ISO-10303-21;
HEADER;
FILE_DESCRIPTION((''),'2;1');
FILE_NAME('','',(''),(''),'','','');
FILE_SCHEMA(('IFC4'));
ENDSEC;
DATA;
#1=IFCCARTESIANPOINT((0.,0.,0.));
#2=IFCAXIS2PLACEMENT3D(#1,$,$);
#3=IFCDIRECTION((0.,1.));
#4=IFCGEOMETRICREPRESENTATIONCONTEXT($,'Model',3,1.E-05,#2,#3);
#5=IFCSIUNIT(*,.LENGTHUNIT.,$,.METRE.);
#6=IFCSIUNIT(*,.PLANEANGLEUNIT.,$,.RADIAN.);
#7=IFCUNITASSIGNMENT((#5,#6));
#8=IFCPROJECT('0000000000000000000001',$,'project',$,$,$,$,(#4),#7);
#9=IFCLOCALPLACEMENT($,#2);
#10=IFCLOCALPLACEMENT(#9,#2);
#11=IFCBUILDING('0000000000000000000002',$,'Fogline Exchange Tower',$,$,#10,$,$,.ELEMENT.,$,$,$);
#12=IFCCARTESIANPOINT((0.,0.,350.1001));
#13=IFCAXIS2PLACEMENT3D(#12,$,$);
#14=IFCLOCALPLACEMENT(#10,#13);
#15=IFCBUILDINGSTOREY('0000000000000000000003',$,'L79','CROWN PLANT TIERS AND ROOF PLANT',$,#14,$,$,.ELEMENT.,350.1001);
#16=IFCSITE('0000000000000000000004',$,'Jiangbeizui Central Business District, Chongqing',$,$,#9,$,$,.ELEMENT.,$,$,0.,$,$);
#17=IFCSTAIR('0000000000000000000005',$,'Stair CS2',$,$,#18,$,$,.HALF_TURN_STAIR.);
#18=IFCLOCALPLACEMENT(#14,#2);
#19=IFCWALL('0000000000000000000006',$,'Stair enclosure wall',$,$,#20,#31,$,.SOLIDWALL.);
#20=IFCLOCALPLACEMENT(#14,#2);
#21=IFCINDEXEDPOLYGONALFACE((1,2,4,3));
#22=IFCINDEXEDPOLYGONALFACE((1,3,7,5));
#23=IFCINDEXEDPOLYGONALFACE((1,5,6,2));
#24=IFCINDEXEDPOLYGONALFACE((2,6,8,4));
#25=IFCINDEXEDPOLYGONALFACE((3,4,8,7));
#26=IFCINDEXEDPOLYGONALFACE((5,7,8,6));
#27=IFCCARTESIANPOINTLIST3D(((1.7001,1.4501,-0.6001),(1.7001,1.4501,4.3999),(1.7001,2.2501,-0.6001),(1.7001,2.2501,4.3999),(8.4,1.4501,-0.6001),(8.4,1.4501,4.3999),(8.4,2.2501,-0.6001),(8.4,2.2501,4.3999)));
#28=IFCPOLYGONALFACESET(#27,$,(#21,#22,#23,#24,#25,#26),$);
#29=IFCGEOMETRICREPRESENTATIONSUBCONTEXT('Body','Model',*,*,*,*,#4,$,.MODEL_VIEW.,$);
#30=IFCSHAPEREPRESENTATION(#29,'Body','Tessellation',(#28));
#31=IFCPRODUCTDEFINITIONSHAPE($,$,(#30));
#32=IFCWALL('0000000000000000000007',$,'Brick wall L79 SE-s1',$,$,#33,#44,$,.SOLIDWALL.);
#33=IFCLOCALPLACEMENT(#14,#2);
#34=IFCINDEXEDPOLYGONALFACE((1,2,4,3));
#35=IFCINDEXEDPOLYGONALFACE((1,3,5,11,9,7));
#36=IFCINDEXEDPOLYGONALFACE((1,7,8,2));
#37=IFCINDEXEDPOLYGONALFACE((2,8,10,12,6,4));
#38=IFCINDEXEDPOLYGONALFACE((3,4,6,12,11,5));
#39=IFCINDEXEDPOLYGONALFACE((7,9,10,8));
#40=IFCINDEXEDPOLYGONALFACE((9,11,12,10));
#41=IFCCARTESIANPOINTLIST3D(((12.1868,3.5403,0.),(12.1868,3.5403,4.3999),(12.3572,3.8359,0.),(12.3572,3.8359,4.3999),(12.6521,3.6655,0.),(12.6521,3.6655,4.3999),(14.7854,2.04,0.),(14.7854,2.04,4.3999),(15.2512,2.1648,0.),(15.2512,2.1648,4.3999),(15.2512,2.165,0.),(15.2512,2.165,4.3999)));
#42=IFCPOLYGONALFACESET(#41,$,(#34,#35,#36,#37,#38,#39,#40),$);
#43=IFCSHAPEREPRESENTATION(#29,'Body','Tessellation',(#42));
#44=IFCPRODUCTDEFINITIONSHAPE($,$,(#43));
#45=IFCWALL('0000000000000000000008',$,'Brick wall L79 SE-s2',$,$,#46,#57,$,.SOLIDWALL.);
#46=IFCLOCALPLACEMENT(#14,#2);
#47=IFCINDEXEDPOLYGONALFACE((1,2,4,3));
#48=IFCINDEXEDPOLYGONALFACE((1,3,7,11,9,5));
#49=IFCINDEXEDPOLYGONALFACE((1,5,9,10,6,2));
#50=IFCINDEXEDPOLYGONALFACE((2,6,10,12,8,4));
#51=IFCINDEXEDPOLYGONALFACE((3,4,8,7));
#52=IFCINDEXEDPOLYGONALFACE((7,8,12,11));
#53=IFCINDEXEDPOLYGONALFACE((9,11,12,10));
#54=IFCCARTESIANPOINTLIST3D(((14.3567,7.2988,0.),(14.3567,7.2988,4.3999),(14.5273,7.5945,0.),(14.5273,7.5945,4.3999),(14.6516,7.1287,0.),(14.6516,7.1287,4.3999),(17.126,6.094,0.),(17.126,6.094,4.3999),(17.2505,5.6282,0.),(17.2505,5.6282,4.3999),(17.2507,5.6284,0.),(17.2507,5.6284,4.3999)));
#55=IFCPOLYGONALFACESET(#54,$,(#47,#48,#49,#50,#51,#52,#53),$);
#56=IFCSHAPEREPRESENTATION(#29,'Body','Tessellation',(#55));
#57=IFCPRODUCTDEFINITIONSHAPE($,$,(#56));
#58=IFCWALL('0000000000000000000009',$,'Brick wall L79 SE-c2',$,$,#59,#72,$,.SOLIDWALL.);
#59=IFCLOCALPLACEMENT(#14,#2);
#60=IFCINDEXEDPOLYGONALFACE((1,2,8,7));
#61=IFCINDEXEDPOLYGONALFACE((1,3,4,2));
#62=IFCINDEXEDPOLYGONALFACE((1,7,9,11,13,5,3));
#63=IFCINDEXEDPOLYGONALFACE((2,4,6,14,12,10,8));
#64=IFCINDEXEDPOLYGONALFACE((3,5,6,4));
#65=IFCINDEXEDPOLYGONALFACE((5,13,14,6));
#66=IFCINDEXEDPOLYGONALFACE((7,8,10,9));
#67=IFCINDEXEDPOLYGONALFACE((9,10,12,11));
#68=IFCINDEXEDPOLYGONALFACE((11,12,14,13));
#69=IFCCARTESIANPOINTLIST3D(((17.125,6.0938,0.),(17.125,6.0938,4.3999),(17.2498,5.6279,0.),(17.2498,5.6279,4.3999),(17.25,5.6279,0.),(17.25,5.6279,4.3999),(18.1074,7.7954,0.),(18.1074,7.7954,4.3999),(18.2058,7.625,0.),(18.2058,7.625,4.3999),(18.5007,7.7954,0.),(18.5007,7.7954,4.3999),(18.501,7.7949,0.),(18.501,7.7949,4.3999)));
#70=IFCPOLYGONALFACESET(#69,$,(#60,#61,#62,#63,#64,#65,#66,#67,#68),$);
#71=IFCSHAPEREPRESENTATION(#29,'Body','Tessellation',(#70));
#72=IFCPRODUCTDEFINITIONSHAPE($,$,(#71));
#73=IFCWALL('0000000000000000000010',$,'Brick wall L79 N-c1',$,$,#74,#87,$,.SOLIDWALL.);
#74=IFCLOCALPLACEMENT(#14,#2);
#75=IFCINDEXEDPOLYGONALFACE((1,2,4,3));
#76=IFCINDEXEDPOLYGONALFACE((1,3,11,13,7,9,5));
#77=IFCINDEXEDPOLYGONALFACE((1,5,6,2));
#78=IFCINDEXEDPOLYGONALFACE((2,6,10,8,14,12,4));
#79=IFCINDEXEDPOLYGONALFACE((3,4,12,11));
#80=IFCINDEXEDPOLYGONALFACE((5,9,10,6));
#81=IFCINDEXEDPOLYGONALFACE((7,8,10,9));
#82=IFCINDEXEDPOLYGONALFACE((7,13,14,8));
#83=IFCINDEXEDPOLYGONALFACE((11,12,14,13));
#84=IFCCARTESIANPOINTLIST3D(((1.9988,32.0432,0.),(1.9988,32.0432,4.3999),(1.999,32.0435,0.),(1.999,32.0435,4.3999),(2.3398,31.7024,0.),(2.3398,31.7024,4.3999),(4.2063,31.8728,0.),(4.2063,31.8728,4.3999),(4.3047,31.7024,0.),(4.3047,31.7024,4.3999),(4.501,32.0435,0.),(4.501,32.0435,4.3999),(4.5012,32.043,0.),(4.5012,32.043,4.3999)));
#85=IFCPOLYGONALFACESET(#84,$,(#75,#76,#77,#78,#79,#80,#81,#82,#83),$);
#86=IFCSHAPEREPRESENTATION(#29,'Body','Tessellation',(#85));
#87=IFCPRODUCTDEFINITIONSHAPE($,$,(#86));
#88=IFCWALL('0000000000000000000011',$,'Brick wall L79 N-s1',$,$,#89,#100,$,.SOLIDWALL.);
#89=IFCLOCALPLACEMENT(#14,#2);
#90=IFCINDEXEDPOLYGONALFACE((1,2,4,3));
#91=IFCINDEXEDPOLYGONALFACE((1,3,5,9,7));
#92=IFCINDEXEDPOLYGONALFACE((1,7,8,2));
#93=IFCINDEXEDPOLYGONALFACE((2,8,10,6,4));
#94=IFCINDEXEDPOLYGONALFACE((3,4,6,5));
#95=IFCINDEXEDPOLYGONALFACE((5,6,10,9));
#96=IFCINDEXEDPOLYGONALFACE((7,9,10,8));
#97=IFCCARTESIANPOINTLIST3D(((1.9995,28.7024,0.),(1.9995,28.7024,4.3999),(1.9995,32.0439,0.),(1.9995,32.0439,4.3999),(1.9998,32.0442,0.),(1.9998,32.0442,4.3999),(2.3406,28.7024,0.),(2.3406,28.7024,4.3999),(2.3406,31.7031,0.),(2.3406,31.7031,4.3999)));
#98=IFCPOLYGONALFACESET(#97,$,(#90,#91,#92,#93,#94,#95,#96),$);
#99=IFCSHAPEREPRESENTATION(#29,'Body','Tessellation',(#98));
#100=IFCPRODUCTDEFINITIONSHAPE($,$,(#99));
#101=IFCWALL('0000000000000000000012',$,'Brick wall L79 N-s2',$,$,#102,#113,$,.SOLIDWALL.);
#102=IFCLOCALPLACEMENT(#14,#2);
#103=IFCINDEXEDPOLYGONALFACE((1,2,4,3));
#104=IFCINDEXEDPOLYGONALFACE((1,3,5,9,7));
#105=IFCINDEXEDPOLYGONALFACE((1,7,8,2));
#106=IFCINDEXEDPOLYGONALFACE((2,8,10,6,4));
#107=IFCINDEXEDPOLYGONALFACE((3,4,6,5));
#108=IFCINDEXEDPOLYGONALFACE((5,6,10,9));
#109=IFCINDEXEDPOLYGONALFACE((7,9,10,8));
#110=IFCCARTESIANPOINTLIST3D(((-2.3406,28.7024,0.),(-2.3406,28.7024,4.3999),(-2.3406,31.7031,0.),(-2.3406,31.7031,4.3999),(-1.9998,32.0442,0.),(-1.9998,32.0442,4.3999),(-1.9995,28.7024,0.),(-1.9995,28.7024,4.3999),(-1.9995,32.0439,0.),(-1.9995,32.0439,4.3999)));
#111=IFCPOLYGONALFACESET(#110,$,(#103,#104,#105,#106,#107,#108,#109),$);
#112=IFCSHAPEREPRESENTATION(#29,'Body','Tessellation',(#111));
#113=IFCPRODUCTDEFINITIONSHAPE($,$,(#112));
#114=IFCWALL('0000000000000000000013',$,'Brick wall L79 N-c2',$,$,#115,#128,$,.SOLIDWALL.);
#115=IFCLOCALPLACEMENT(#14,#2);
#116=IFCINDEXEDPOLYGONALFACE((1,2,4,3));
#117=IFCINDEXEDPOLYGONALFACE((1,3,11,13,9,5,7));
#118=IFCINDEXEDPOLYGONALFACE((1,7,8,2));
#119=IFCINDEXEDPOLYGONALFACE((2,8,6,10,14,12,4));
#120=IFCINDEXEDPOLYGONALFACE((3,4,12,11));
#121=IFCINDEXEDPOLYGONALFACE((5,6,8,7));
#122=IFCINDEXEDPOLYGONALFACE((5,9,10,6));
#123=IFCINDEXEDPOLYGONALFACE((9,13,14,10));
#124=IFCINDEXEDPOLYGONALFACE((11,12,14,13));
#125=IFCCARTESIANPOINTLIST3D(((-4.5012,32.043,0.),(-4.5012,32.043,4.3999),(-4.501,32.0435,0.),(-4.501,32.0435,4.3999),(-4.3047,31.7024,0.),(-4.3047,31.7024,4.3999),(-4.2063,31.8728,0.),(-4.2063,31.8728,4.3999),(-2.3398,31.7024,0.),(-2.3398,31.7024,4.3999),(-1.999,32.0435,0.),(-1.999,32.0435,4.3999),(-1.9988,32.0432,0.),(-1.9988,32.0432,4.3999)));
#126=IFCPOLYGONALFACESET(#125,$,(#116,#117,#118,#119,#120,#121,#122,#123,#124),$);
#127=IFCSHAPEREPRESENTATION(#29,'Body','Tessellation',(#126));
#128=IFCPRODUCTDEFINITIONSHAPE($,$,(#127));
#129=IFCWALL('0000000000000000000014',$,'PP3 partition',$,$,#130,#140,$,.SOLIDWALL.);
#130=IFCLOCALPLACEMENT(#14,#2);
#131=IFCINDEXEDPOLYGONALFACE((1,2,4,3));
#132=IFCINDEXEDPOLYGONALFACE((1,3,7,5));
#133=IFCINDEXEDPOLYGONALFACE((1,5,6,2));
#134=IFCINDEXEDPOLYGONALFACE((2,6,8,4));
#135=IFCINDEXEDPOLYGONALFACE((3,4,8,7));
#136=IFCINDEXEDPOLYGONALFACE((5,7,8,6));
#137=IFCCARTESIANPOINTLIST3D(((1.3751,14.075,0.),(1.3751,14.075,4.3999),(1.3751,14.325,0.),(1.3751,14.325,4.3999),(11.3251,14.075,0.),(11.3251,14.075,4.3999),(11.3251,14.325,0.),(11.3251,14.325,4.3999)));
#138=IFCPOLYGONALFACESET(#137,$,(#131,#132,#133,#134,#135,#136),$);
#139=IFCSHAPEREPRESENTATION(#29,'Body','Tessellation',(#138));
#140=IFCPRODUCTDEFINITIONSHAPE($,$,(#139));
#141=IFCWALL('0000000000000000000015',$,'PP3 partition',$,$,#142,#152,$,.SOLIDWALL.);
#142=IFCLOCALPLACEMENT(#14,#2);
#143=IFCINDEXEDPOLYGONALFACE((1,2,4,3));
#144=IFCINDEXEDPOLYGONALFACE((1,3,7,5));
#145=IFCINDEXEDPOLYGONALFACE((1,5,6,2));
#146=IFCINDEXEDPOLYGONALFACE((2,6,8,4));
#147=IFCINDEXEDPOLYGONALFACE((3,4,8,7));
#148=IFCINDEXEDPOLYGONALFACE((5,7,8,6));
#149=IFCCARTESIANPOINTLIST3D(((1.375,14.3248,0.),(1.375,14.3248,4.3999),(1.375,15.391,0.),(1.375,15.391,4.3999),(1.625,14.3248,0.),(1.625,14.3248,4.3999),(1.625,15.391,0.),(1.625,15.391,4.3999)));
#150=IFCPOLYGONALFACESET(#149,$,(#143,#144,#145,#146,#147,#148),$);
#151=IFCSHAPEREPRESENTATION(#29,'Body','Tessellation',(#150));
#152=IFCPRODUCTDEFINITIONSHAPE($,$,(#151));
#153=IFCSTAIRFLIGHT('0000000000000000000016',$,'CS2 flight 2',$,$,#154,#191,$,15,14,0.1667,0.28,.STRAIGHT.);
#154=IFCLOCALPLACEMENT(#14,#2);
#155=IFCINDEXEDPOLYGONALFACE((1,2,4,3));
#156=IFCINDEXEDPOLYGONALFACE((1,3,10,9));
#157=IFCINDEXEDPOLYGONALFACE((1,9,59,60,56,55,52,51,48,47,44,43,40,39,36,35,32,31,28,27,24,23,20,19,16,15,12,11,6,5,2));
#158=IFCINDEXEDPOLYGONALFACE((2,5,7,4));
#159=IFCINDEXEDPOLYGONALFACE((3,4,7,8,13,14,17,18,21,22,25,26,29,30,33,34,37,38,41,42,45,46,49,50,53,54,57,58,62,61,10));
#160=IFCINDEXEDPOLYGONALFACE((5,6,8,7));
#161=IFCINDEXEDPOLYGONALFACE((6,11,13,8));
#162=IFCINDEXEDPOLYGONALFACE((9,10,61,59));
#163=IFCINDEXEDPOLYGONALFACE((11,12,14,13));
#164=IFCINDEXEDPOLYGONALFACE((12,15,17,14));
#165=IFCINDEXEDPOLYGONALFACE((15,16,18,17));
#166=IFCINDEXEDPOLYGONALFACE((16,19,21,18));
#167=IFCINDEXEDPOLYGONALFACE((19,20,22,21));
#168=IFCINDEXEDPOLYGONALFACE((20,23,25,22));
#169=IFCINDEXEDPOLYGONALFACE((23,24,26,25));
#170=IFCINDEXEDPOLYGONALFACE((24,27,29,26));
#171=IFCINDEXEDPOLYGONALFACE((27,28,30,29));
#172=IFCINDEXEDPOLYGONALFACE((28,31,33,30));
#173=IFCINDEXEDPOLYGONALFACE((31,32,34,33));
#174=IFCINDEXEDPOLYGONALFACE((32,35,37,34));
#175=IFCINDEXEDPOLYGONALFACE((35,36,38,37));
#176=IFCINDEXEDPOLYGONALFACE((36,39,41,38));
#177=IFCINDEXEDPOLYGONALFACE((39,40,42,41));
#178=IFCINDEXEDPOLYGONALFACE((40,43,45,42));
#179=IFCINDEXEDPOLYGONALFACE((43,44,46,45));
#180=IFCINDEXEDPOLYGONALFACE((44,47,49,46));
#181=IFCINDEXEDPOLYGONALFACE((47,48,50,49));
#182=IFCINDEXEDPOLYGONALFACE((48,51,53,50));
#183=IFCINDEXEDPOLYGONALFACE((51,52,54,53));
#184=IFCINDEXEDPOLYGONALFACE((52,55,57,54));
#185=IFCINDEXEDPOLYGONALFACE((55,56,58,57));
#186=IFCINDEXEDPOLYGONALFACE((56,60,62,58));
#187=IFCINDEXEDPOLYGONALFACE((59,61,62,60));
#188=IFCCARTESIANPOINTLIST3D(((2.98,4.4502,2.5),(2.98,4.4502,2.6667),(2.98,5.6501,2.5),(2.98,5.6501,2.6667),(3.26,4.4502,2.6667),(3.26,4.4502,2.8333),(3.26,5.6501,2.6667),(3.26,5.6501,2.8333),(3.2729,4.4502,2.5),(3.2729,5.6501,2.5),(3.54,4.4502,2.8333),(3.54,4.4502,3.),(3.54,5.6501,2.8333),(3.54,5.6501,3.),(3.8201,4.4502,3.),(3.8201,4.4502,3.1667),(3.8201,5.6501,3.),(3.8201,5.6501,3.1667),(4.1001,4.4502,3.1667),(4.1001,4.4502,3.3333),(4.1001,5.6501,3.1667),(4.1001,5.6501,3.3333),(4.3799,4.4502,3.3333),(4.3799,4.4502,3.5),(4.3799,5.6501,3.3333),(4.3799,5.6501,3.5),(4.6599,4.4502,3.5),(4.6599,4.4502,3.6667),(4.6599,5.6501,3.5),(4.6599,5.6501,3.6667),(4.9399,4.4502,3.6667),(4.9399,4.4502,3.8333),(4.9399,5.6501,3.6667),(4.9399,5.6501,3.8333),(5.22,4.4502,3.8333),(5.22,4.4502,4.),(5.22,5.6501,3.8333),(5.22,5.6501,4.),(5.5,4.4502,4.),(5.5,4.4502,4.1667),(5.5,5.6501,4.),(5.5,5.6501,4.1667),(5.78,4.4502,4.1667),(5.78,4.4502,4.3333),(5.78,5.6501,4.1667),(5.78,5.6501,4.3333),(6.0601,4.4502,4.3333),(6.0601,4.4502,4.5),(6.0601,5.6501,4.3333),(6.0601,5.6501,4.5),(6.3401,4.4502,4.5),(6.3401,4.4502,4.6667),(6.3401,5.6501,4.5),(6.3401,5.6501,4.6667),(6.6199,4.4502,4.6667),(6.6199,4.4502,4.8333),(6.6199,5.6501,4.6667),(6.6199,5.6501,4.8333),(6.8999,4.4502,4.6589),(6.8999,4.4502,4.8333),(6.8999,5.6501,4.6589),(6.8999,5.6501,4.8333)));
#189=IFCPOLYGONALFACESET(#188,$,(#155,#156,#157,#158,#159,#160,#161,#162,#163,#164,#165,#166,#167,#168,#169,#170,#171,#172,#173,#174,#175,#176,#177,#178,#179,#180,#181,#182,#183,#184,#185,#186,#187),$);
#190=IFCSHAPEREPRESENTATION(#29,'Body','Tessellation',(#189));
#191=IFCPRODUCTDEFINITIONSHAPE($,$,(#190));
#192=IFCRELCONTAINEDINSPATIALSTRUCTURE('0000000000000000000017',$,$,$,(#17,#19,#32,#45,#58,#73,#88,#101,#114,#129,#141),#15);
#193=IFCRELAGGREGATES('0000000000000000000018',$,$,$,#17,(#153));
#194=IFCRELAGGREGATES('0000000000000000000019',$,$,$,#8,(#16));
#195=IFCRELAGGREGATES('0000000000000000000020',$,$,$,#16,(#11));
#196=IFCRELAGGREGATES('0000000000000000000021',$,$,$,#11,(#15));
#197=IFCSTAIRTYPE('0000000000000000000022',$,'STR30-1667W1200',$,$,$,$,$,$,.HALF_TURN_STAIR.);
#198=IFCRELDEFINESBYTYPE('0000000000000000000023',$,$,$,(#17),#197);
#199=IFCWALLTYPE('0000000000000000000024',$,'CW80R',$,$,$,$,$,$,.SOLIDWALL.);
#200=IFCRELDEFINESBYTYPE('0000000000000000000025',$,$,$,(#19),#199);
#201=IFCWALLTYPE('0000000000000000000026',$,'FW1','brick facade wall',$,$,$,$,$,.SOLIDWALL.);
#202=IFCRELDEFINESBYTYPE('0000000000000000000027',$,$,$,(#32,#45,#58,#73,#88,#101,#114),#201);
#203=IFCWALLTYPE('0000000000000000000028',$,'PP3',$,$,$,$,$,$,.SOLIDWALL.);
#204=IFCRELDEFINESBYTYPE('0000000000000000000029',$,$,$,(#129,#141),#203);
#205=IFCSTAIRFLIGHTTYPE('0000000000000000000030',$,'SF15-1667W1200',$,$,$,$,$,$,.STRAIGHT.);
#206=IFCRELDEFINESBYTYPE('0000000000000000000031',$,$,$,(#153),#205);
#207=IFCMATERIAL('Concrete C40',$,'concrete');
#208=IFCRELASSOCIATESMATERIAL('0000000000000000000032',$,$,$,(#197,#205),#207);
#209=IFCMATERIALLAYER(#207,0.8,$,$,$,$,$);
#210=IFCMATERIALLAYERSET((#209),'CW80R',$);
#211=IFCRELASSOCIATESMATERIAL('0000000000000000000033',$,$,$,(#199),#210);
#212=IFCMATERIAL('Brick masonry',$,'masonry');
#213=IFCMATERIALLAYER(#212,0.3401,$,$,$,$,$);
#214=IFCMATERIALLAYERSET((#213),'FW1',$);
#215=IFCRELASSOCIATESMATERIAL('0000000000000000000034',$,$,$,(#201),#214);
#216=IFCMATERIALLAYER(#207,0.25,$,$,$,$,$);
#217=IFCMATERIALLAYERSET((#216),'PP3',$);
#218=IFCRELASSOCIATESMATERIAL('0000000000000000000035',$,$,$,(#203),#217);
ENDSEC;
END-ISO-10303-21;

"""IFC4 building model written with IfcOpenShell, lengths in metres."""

from ifc_helpers import new_model, si_unit, direction, frame, frame_2d, origin, place, context, subcontext, project, spatial, polyline, rectangle, outline, extrude, material, layer, layer_set, type_object, element, aggregate, save


model = new_model("IFC4")

# Units and contexts
model_context = context("Model", 3, precision=1e-05, world=origin(), true_north=direction((0.0, 1.0)))
body_context = subcontext(model_context, "Body", "Model", "MODEL_VIEW")
ifc_project = project(units=[si_unit("LENGTHUNIT", "METRE"), si_unit("PLANEANGLEUNIT", "RADIAN")], contexts=[model_context])

# Site, building, storey
site_placement = place(None, origin())
site = spatial("IfcSite", under=ifc_project, at=site_placement, Name="Jiangbeizui Central Business District, Chongqing", CompositionType="ELEMENT", RefElevation=0.0)
building_placement = place(site_placement, origin())
building = spatial("IfcBuilding", under=site, at=building_placement, Name="Fogline Exchange Tower", CompositionType="ELEMENT")
storey_placement = place(building_placement, frame((0.0, 0.0, 350.1001)))
storey = spatial("IfcBuildingStorey", under=building, at=storey_placement, Name="L79", Description="CROWN PLANT TIERS AND ROOF PLANT", CompositionType="ELEMENT", Elevation=350.1001)

# Shared definitions
ifc_material_1 = material(Name="Concrete C40", Category="concrete")

# Stair
stair_type = type_object("IfcStairType", Name="STR30-1667W1200", PredefinedType="HALF_TURN_STAIR", material=ifc_material_1)
stair_1_placement = place(storey_placement, origin())
stair_1 = element("IfcStair", 1, at=stair_1_placement, inside=storey, type_object=stair_type, Name="Stair CS2", PredefinedType="HALF_TURN_STAIR")

# Walls
ifc_layer_1 = layer(ifc_material_1, 0.8)
ifc_layer_set_1 = layer_set([ifc_layer_1], Name="CW80R")
wall_type_1 = type_object("IfcWallType", Name="CW80R", PredefinedType="SOLIDWALL", material=ifc_layer_set_1)
wall_1_placement = place(storey_placement, frame((1.7, 1.8501, -0.6001), z_axis=(0.0, 0.0, 1.0), x_axis=(1.0, 0.0, 0.0)))
element("IfcWall", 2, at=wall_1_placement, inside=storey, type_object=wall_type_1, Name="Stair enclosure wall", PredefinedType="SOLIDWALL", context=body_context, shape_type="SweptSolid", body=[
    extrude(rectangle(XDim=6.7, YDim=0.8, at=frame_2d((3.3501, 0.0))), origin(), (0.0, 0.0, 1.0), 5.0),
])
ifc_material_2 = material(Name="Brick masonry", Category="masonry")
ifc_layer_2 = layer(ifc_material_2, 0.3401)
ifc_layer_set_2 = layer_set([ifc_layer_2], Name="FW1")
wall_type_2 = type_object("IfcWallType", Name="FW1", Description="brick facade wall", PredefinedType="SOLIDWALL", material=ifc_layer_set_2)
wall_2_placement = place(storey_placement, origin())
element("IfcWall", 3, at=wall_2_placement, inside=storey, type_object=wall_type_2, Name="Brick wall L79 SE-s1", PredefinedType="SOLIDWALL", context=body_context, shape_type="SweptSolid", body=[
    extrude(outline(polyline([(12.1868, 3.5403), (12.3572, 3.8359), (12.6521, 3.6655), (15.2512, 2.165), (15.2512, 2.1648), (14.7854, 2.04), (12.1868, 3.5403)])), origin(), (0.0, 0.0, 1.0), 4.3999),
])
wall_3_placement = place(storey_placement, origin())
element("IfcWall", 4, at=wall_3_placement, inside=storey, type_object=wall_type_2, Name="Brick wall L79 SE-s2", PredefinedType="SOLIDWALL", context=body_context, shape_type="SweptSolid", body=[
    extrude(outline(polyline([(17.2505, 5.6282), (14.6516, 7.1287), (14.3567, 7.2988), (14.5273, 7.5945), (17.126, 6.094), (17.2507, 5.6284), (17.2505, 5.6282)])), origin(), (0.0, 0.0, 1.0), 4.3999),
])
wall_4_placement = place(storey_placement, origin())
element("IfcWall", 5, at=wall_4_placement, inside=storey, type_object=wall_type_2, Name="Brick wall L79 SE-c2", PredefinedType="SOLIDWALL", context=body_context, shape_type="SweptSolid", body=[
    extrude(outline(polyline([(18.1074, 7.7954), (18.2058, 7.625), (18.5007, 7.7954), (18.501, 7.7949), (17.25, 5.6279), (17.2498, 5.6279), (17.125, 6.0938), (18.1074, 7.7954)])), origin(), (0.0, 0.0, 1.0), 4.3999),
])
wall_5_placement = place(storey_placement, origin())
element("IfcWall", 6, at=wall_5_placement, inside=storey, type_object=wall_type_2, Name="Brick wall L79 N-c1", PredefinedType="SOLIDWALL", context=body_context, shape_type="SweptSolid", body=[
    extrude(outline(polyline([(1.999, 32.0435), (4.501, 32.0435), (4.5012, 32.043), (4.2063, 31.8728), (4.3047, 31.7024), (2.3398, 31.7024), (1.9988, 32.0432), (1.999, 32.0435)])), origin(), (0.0, 0.0, 1.0), 4.3999),
])
wall_6_placement = place(storey_placement, origin())
element("IfcWall", 7, at=wall_6_placement, inside=storey, type_object=wall_type_2, Name="Brick wall L79 N-s1", PredefinedType="SOLIDWALL", context=body_context, shape_type="SweptSolid", body=[
    extrude(outline(polyline([(2.3406, 28.7024), (1.9995, 28.7024), (1.9995, 32.0439), (1.9998, 32.0442), (2.3406, 31.7031), (2.3406, 28.7024)])), origin(), (0.0, 0.0, 1.0), 4.3999),
])
wall_7_placement = place(storey_placement, origin())
element("IfcWall", 8, at=wall_7_placement, inside=storey, type_object=wall_type_2, Name="Brick wall L79 N-s2", PredefinedType="SOLIDWALL", context=body_context, shape_type="SweptSolid", body=[
    extrude(outline(polyline([(-1.9995, 32.0439), (-1.9995, 28.7024), (-2.3406, 28.7024), (-2.3406, 31.7031), (-1.9998, 32.0442), (-1.9995, 32.0439)])), origin(), (0.0, 0.0, 1.0), 4.3999),
])
wall_8_placement = place(storey_placement, origin())
element("IfcWall", 9, at=wall_8_placement, inside=storey, type_object=wall_type_2, Name="Brick wall L79 N-c2", PredefinedType="SOLIDWALL", context=body_context, shape_type="SweptSolid", body=[
    extrude(outline(polyline([(-4.3047, 31.7024), (-4.2063, 31.8728), (-4.5012, 32.043), (-4.501, 32.0435), (-1.999, 32.0435), (-1.9988, 32.0432), (-2.3398, 31.7024), (-4.3047, 31.7024)])), origin(), (0.0, 0.0, 1.0), 4.3999),
])
ifc_layer_3 = layer(ifc_material_1, 0.25)
ifc_layer_set_3 = layer_set([ifc_layer_3], Name="PP3")
wall_type_3 = type_object("IfcWallType", Name="PP3", PredefinedType="SOLIDWALL", material=ifc_layer_set_3)
wall_9_placement = place(storey_placement, frame((1.375, 14.2, 0.0), z_axis=(0.0, 0.0, 1.0), x_axis=(1.0, 0.0, 0.0)))
element("IfcWall", 10, at=wall_9_placement, inside=storey, type_object=wall_type_3, Name="PP3 partition", PredefinedType="SOLIDWALL", context=body_context, shape_type="SweptSolid", body=[
    extrude(rectangle(XDim=9.95, YDim=0.25, at=frame_2d((4.9751, 0.0))), origin(), (0.0, 0.0, 1.0), 4.3999),
])
wall_10_placement = place(storey_placement, frame((1.5, 15.3911, 0.0), z_axis=(0.0, 0.0, 1.0), x_axis=(0.0, -1.0, 0.0)))
element("IfcWall", 11, at=wall_10_placement, inside=storey, type_object=wall_type_3, Name="PP3 partition", PredefinedType="SOLIDWALL", context=body_context, shape_type="SweptSolid", body=[
    extrude(rectangle(XDim=1.0662, YDim=0.25, at=frame_2d((0.5332, 0.0))), origin(), (0.0, 0.0, 1.0), 4.3999),
])

# Stair flight
stair_flight_type = type_object("IfcStairFlightType", Name="SF15-1667W1200", PredefinedType="STRAIGHT", material=ifc_material_1)
stair_flight_placement = place(storey_placement, frame((2.98, 5.05, 2.5), z_axis=(0.0, 0.0, 1.0), x_axis=(1.0, 0.0, 0.0)))
stair_flight = element("IfcStairFlight", 12, at=stair_flight_placement, type_object=stair_flight_type, Name="CS2 flight 2", NumberOfRisers=15, NumberOfTreads=14, PredefinedType="STRAIGHT", RiserHeight=0.1667, TreadLength=0.28, context=body_context, shape_type="SweptSolid", body=[
    extrude(outline(polyline([(0.0, 0.0), (0.0, 0.1667), (0.28, 0.1667), (0.28, 0.3333), (0.5601, 0.3333), (0.5601, 0.5), (0.8401, 0.5), (0.8401, 0.6667), (1.1201, 0.6667), (1.1201, 0.8333), (1.3999, 0.8333), (1.3999, 1.0), (1.6799, 1.0), (1.6799, 1.1667), (1.96, 1.1667), (1.96, 1.3333), (2.24, 1.3333), (2.24, 1.5), (2.52, 1.5), (2.52, 1.6667), (2.8, 1.6667), (2.8, 1.8333), (3.0801, 1.8333), (3.0801, 2.0), (3.3601, 2.0), (3.3601, 2.1667), (3.6399, 2.1667), (3.6399, 2.3333), (3.9199, 2.3333), (3.9199, 2.5), (3.9199, 2.1589), (0.293, 0.0), (0.0, 0.0)])), frame((0.0, 0.6001, 0.0), z_axis=(0.0, -1.0, 0.0), x_axis=(1.0, 0.0, 0.0)), (0.0, 0.0, 1.0), 1.2),
])
aggregate(stair_1, [stair_flight])

save(model, "model.ifc")
